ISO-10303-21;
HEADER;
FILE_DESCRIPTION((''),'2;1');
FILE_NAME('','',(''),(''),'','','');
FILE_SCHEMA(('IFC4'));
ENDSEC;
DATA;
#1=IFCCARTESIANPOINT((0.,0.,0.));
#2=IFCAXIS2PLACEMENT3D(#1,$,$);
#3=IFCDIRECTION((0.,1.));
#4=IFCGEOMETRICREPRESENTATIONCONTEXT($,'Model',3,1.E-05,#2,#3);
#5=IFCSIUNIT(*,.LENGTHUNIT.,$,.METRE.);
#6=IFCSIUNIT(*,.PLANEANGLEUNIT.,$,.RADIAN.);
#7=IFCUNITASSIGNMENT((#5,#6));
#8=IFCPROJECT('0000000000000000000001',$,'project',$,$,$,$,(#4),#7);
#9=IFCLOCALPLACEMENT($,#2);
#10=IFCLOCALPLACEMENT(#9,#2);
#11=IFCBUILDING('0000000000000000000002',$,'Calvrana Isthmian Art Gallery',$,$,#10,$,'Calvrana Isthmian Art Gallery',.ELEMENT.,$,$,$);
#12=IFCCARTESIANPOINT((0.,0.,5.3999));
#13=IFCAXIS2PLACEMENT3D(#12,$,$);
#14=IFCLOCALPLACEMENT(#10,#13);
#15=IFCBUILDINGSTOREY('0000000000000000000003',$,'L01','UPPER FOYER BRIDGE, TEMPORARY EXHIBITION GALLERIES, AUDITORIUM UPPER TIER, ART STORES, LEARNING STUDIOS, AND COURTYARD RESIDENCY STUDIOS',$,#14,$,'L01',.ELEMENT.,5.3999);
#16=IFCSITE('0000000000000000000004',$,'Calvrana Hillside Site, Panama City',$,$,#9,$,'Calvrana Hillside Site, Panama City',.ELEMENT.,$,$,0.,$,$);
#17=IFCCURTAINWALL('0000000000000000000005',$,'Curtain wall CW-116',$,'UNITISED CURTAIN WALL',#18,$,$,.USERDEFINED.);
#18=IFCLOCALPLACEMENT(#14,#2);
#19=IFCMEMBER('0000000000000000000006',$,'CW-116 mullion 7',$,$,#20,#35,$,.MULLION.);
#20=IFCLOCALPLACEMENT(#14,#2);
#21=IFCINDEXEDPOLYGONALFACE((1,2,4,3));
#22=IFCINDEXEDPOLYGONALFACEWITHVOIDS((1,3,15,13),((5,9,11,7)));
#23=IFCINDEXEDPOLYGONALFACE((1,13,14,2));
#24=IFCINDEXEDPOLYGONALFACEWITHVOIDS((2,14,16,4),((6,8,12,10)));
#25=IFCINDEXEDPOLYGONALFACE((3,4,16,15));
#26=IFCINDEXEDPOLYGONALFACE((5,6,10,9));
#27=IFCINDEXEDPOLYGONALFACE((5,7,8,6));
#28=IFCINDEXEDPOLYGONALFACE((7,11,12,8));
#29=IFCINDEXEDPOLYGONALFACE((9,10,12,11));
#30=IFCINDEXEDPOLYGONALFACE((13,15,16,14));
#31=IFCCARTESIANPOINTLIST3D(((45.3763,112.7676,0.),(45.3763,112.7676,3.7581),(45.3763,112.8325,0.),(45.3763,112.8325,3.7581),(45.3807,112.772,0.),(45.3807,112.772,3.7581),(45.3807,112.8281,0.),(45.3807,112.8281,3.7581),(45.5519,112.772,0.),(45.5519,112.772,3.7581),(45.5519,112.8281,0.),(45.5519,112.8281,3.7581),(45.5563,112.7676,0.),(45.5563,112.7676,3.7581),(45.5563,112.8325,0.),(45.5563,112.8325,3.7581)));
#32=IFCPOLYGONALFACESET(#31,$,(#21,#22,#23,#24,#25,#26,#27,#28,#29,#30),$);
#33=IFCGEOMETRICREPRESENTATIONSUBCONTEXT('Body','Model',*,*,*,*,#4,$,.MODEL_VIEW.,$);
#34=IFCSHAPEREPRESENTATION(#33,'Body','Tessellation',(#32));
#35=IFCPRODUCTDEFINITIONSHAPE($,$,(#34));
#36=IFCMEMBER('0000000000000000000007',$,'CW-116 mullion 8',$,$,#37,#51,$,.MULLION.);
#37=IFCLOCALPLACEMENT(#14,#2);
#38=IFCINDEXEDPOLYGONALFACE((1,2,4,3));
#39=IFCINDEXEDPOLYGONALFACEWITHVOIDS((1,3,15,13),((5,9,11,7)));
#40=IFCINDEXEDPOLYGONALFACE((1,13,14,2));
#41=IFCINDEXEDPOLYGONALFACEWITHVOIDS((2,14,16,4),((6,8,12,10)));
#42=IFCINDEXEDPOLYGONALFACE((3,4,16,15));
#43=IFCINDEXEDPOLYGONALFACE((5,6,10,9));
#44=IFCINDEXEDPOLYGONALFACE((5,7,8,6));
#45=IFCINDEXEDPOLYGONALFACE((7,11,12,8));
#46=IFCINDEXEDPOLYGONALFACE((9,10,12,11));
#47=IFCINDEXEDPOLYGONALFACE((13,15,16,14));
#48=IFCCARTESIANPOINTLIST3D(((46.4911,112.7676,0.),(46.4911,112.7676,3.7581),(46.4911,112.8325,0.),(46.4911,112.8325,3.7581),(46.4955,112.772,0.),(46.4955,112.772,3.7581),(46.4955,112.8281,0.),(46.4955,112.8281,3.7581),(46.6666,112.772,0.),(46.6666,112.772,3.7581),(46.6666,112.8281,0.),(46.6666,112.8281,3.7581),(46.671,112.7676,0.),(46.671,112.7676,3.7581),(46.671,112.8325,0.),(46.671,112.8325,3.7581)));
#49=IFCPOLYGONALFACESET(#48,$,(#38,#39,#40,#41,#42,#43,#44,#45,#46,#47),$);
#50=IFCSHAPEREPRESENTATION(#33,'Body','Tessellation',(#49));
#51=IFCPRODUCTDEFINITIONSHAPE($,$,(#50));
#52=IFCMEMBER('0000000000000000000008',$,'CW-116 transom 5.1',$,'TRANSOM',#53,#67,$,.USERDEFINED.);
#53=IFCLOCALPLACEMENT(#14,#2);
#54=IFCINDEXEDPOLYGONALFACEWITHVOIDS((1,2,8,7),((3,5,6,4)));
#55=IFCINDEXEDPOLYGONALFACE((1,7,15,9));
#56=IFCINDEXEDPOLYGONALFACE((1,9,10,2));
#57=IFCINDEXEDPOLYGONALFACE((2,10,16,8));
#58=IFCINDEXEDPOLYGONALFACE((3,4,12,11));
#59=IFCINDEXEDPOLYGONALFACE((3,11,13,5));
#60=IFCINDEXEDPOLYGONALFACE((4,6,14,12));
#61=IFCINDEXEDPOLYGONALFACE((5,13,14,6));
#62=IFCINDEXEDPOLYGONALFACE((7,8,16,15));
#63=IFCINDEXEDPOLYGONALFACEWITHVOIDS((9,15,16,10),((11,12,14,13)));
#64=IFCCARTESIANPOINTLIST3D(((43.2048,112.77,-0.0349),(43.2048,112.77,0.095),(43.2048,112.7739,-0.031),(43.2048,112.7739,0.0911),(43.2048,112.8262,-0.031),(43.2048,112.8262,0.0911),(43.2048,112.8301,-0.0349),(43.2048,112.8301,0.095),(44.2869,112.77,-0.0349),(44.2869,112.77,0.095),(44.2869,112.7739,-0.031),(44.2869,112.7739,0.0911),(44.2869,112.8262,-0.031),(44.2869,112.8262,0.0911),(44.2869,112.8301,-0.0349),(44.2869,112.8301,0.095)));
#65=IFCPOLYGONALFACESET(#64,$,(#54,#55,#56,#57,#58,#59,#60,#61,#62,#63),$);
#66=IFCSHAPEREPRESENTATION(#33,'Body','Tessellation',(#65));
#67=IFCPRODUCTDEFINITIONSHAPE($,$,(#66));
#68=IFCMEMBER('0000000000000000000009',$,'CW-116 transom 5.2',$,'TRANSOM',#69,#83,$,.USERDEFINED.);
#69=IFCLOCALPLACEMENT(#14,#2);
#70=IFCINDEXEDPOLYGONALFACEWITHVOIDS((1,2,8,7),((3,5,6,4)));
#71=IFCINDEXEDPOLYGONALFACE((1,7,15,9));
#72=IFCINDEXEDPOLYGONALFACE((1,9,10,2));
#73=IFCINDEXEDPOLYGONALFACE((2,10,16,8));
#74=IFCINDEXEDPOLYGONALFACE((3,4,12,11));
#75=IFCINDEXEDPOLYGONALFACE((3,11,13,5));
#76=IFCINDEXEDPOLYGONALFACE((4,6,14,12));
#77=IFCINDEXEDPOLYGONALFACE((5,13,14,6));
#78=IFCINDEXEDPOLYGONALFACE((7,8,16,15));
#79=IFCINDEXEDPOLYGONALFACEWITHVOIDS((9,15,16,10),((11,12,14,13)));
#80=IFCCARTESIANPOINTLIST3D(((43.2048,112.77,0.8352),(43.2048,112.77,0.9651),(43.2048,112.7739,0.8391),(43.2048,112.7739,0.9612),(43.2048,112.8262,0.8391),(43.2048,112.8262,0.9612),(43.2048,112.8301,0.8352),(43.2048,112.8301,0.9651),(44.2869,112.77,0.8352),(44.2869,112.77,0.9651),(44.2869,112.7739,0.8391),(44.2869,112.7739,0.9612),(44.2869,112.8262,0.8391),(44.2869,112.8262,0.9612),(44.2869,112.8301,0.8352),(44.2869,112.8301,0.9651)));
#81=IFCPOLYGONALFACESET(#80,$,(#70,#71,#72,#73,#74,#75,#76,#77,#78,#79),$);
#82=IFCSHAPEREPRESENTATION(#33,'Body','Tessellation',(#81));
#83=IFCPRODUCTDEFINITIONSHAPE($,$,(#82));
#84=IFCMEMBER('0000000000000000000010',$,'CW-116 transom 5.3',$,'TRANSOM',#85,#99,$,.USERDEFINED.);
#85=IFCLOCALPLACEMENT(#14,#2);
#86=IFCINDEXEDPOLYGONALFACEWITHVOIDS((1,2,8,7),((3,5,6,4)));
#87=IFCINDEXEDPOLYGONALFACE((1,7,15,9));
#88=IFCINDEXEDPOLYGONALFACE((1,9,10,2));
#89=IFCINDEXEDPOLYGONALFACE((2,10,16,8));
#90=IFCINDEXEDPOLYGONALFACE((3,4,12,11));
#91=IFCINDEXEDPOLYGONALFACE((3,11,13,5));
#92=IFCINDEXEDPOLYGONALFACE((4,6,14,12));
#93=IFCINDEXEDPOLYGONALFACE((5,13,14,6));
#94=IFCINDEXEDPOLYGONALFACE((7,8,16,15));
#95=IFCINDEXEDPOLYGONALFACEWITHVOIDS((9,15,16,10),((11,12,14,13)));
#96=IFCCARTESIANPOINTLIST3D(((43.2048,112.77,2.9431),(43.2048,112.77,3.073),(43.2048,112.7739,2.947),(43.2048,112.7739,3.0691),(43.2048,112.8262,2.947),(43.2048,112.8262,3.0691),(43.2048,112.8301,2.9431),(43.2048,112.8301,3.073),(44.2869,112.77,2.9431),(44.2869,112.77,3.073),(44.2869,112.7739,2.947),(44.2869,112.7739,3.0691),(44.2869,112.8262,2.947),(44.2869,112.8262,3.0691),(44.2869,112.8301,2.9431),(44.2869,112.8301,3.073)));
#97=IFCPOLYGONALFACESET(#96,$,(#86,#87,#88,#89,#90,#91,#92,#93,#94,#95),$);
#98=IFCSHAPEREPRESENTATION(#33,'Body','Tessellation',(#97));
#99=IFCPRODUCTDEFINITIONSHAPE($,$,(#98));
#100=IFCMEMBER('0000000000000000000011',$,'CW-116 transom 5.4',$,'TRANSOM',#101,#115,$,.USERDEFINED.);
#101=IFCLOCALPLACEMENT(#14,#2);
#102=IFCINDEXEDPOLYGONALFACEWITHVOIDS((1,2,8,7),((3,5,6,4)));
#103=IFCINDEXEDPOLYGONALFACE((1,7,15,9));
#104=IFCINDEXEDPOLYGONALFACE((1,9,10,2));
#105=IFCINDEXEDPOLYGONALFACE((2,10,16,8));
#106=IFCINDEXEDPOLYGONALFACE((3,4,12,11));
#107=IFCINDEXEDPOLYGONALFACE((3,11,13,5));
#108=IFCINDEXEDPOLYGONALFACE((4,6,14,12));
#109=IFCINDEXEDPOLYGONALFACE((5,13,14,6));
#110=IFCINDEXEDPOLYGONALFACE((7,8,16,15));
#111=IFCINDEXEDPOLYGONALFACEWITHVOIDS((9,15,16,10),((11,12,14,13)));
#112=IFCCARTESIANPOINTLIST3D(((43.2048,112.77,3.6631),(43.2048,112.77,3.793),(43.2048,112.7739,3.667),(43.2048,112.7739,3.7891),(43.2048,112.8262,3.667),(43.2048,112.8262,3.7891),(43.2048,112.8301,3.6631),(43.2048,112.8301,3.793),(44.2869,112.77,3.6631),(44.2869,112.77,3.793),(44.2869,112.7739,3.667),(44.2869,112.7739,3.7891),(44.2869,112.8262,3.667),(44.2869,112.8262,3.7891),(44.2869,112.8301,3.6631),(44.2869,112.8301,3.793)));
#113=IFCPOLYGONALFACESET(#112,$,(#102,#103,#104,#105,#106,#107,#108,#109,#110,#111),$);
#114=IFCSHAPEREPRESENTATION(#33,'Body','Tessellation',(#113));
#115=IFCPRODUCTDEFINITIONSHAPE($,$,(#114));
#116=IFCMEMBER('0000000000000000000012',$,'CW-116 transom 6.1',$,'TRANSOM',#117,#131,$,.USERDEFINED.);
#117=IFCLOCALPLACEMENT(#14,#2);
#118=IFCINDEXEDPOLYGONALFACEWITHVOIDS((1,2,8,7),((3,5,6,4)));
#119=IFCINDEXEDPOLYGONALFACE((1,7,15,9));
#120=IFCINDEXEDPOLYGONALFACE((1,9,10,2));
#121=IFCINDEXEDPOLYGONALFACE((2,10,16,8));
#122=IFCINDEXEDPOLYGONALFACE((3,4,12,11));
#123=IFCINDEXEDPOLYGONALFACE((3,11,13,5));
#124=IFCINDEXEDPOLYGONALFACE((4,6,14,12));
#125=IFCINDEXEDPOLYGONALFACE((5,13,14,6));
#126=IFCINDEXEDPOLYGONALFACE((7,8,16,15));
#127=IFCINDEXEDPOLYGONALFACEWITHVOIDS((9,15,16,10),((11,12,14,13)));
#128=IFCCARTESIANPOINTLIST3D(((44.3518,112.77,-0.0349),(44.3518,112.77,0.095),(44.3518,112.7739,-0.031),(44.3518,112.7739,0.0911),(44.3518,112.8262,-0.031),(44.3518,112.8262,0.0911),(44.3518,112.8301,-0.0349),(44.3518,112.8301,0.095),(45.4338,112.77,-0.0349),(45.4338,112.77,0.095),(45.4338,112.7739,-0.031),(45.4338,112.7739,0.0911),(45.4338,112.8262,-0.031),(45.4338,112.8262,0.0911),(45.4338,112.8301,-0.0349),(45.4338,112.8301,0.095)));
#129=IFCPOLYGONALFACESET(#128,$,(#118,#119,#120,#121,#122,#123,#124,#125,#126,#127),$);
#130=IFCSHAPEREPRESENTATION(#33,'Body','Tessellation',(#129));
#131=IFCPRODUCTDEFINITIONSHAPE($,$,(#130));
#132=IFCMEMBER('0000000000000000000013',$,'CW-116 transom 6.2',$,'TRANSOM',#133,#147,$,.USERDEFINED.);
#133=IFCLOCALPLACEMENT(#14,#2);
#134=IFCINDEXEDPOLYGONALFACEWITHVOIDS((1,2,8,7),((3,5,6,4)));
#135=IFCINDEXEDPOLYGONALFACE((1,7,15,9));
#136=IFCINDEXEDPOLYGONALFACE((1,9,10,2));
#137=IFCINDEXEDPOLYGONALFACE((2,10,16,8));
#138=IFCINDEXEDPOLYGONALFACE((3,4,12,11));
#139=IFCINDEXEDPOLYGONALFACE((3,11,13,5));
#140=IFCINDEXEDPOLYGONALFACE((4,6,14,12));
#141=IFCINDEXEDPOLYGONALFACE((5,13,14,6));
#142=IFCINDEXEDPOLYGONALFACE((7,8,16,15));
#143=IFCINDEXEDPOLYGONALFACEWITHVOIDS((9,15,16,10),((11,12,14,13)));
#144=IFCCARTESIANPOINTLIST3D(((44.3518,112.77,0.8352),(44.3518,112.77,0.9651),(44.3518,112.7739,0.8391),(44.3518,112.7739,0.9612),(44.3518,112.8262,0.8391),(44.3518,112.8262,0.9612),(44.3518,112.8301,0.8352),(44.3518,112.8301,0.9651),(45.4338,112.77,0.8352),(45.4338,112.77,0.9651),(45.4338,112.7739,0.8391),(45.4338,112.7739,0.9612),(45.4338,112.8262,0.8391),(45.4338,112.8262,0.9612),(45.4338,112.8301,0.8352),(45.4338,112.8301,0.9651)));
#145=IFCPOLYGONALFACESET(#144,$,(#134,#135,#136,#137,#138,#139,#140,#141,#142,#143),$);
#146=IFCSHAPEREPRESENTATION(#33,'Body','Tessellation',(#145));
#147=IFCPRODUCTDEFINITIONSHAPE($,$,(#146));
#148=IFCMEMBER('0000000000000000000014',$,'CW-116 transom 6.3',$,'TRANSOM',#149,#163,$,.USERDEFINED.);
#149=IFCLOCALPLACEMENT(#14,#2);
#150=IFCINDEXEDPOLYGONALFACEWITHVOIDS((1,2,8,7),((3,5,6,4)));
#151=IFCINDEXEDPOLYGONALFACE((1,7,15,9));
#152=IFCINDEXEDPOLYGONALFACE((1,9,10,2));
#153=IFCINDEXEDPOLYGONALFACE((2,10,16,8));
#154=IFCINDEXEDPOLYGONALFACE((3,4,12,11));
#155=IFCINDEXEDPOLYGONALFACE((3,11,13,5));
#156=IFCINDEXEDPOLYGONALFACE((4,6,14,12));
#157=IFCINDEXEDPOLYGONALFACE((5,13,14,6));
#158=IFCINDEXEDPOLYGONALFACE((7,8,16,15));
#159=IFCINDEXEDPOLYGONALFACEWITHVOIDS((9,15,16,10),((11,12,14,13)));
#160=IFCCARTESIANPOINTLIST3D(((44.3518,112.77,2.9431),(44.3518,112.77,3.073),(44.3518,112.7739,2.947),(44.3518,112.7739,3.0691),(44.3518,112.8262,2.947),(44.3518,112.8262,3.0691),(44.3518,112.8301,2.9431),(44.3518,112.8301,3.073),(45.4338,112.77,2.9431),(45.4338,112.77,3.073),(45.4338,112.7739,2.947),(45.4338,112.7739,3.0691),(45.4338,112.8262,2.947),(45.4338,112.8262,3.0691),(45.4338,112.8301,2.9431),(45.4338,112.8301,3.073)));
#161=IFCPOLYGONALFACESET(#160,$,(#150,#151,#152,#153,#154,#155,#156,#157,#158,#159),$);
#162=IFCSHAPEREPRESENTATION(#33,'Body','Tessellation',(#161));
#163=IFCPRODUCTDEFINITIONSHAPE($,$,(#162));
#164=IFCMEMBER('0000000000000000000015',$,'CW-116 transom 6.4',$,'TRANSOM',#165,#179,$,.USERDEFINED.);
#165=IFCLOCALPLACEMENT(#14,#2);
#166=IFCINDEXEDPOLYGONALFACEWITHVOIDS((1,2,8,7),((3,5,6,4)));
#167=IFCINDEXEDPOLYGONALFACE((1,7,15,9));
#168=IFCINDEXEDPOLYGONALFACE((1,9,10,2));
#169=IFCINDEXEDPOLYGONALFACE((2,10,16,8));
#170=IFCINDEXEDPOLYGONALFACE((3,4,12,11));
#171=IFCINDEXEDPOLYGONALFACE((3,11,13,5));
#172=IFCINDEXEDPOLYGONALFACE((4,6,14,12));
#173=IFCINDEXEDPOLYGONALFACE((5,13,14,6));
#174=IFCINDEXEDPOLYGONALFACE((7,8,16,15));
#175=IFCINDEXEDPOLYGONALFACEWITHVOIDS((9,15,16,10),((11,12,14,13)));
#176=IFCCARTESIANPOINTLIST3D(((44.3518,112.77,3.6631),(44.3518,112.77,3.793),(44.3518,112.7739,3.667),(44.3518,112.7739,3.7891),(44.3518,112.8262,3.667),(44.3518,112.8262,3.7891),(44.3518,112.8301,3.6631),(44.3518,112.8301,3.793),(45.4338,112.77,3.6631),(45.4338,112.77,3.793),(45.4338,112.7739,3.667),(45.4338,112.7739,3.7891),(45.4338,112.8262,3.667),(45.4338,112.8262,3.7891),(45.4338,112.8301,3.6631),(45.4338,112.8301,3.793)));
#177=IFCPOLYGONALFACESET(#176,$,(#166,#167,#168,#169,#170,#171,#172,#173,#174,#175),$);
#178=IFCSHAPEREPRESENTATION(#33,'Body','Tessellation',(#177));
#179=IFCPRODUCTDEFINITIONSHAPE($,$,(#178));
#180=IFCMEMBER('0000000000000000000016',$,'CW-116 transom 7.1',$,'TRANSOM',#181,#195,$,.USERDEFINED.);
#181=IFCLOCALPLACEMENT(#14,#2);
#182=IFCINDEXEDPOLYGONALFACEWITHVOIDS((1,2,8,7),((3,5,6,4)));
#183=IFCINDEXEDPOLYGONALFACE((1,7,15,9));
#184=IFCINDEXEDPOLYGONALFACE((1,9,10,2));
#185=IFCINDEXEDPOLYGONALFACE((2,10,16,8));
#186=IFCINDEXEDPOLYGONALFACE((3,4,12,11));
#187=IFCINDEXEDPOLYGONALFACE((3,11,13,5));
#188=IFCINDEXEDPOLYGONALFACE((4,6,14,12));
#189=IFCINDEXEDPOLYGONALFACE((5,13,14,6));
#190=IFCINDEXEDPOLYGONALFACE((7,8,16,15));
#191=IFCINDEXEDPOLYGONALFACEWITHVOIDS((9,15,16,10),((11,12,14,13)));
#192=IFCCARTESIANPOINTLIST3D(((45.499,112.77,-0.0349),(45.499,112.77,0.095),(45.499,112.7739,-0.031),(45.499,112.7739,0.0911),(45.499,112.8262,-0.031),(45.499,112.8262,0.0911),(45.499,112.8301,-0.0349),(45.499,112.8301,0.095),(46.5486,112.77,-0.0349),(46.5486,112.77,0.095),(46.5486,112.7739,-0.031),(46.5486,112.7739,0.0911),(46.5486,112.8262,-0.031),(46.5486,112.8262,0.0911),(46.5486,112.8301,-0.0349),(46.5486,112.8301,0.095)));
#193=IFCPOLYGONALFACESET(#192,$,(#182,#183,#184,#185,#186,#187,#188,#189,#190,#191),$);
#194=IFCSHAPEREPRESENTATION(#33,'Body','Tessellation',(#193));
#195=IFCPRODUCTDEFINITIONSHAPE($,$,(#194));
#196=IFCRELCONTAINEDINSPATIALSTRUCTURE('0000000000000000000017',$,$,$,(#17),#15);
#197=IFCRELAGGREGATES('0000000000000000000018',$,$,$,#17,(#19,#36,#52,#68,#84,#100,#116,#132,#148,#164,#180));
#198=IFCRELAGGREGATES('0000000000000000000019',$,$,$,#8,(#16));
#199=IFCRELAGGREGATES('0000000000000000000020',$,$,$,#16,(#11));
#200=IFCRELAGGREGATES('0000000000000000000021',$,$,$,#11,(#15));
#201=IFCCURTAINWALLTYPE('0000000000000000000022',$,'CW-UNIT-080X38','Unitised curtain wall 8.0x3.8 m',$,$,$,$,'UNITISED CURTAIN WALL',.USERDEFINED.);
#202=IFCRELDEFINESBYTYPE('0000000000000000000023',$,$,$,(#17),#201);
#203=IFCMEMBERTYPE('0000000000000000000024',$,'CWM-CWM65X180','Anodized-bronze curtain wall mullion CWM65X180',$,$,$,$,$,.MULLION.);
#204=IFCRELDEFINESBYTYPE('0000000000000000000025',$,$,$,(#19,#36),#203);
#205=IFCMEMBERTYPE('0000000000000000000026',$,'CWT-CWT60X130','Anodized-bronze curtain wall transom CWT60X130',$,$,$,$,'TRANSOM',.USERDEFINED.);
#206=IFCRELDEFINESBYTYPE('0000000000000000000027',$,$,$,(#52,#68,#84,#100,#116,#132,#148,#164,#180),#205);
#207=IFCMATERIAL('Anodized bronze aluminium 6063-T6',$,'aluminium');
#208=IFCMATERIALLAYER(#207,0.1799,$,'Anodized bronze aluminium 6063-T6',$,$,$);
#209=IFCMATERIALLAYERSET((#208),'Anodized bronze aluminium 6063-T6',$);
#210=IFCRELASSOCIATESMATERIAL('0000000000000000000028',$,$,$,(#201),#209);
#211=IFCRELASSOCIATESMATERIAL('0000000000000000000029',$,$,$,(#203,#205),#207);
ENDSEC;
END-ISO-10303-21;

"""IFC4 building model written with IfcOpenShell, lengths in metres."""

from ifc_helpers import new_model, si_unit, direction, frame, origin, origin_2d, place, context, subcontext, project, spatial, hollow_rectangle, extrude, material, layer, layer_set, material_profile, profile_set, type_object, element, aggregate, save


model = new_model("IFC4")

# Units and contexts
model_context = context("Model", 3, precision=1e-05, world=origin(), true_north=direction((0.0, 1.0)))
body_context = subcontext(model_context, "Body", "Model", "MODEL_VIEW")
ifc_project = project(units=[si_unit("LENGTHUNIT", "METRE"), si_unit("PLANEANGLEUNIT", "RADIAN")], contexts=[model_context])

# Site, building, storey
site_placement = place(None, origin())
site = spatial("IfcSite", under=ifc_project, at=site_placement, Name="Calvrana Hillside Site, Panama City", LongName="Calvrana Hillside Site, Panama City", CompositionType="ELEMENT", RefElevation=0.0)
building_placement = place(site_placement, origin())
building = spatial("IfcBuilding", under=site, at=building_placement, Name="Calvrana Isthmian Art Gallery", LongName="Calvrana Isthmian Art Gallery", CompositionType="ELEMENT")
storey_placement = place(building_placement, frame((0.0, 0.0, 5.3999)))
storey = spatial("IfcBuildingStorey", under=building, at=storey_placement, Name="L01", Description="UPPER FOYER BRIDGE, TEMPORARY EXHIBITION GALLERIES, AUDITORIUM UPPER TIER, ART STORES, LEARNING STUDIOS, AND COURTYARD RESIDENCY STUDIOS", LongName="L01", CompositionType="ELEMENT", Elevation=5.3999)

# Curtain wall, members
ifc_material_1 = material(Name="Anodized bronze aluminium 6063-T6", Category="aluminium")
ifc_layer_1 = layer(ifc_material_1, 0.1799, Name="Anodized bronze aluminium 6063-T6")
ifc_layer_set_1 = layer_set([ifc_layer_1], Name="Anodized bronze aluminium 6063-T6")
curtain_wall_type = type_object("IfcCurtainWallType", Name="CW-UNIT-080X38", Description="Unitised curtain wall 8.0x3.8 m", ElementType="UNITISED CURTAIN WALL", PredefinedType="USERDEFINED", material=ifc_layer_set_1)
curtain_wall_placement = place(storey_placement, origin())
curtain_wall = element("IfcCurtainWall", 1, at=curtain_wall_placement, inside=storey, type_object=curtain_wall_type, Name="Curtain wall CW-116", ObjectType="UNITISED CURTAIN WALL", PredefinedType="USERDEFINED")
ifc_material_profile_1 = material_profile(ifc_material_1, hollow_rectangle(XDim=0.0649, YDim=0.1799, WallThickness=0.0044, at=origin_2d()), Name="CWM65X180")
ifc_profile_set_1 = profile_set([ifc_material_profile_1], Name="Anodized bronze aluminium 6063-T6")
member_type_1 = type_object("IfcMemberType", Name="CWM-CWM65X180", Description="Anodized-bronze curtain wall mullion CWM65X180", PredefinedType="MULLION", material=ifc_profile_set_1)
member_1_placement = place(storey_placement, frame((45.4663, 112.8, 0.0), z_axis=(0.0, 0.0, 1.0), x_axis=(0.0, 1.0, 0.0)))
member_1 = element("IfcMember", 2, at=member_1_placement, type_object=member_type_1, Name="CW-116 mullion 7", PredefinedType="MULLION", context=body_context, shape_type="SweptSolid", body=[
    extrude(hollow_rectangle(XDim=0.0649, YDim=0.1799, WallThickness=0.0044, at=origin_2d()), origin(), (0.0, 0.0, 1.0), 3.7581),
])
member_2_placement = place(storey_placement, frame((46.5811, 112.8, 0.0), z_axis=(0.0, 0.0, 1.0), x_axis=(0.0, 1.0, 0.0)))
member_2 = element("IfcMember", 3, at=member_2_placement, type_object=member_type_1, Name="CW-116 mullion 8", PredefinedType="MULLION", context=body_context, shape_type="SweptSolid", body=[
    extrude(hollow_rectangle(XDim=0.0649, YDim=0.1799, WallThickness=0.0044, at=origin_2d()), origin(), (0.0, 0.0, 1.0), 3.7581),
])
ifc_material_profile_2 = material_profile(ifc_material_1, hollow_rectangle(XDim=0.0601, YDim=0.1299, WallThickness=0.0039, at=origin_2d()), Name="CWT60X130")
ifc_profile_set_2 = profile_set([ifc_material_profile_2], Name="Anodized bronze aluminium 6063-T6")
member_type_2 = type_object("IfcMemberType", Name="CWT-CWT60X130", Description="Anodized-bronze curtain wall transom CWT60X130", ElementType="TRANSOM", PredefinedType="USERDEFINED", material=ifc_profile_set_2)
member_3_placement = place(storey_placement, frame((43.2048, 112.8, 0.03), z_axis=(1.0, 0.0, 0.0), x_axis=(0.0, 1.0, 0.0)))
member_3 = element("IfcMember", 4, at=member_3_placement, type_object=member_type_2, Name="CW-116 transom 5.1", ObjectType="TRANSOM", PredefinedType="USERDEFINED", context=body_context, shape_type="SweptSolid", body=[
    extrude(hollow_rectangle(XDim=0.0601, YDim=0.1299, WallThickness=0.0039, at=origin_2d()), origin(), (0.0, 0.0, 1.0), 1.082),
])
member_4_placement = place(storey_placement, frame((43.2048, 112.8, 0.9001), z_axis=(1.0, 0.0, 0.0), x_axis=(0.0, 1.0, 0.0)))
member_4 = element("IfcMember", 5, at=member_4_placement, type_object=member_type_2, Name="CW-116 transom 5.2", ObjectType="TRANSOM", PredefinedType="USERDEFINED", context=body_context, shape_type="SweptSolid", body=[
    extrude(hollow_rectangle(XDim=0.0601, YDim=0.1299, WallThickness=0.0039, at=origin_2d()), origin(), (0.0, 0.0, 1.0), 1.082),
])
member_5_placement = place(storey_placement, frame((43.2048, 112.8, 3.0081), z_axis=(1.0, 0.0, 0.0), x_axis=(0.0, 1.0, 0.0)))
member_5 = element("IfcMember", 6, at=member_5_placement, type_object=member_type_2, Name="CW-116 transom 5.3", ObjectType="TRANSOM", PredefinedType="USERDEFINED", context=body_context, shape_type="SweptSolid", body=[
    extrude(hollow_rectangle(XDim=0.0601, YDim=0.1299, WallThickness=0.0039, at=origin_2d()), origin(), (0.0, 0.0, 1.0), 1.082),
])
member_6_placement = place(storey_placement, frame((43.2048, 112.8, 3.728), z_axis=(1.0, 0.0, 0.0), x_axis=(0.0, 1.0, 0.0)))
member_6 = element("IfcMember", 7, at=member_6_placement, type_object=member_type_2, Name="CW-116 transom 5.4", ObjectType="TRANSOM", PredefinedType="USERDEFINED", context=body_context, shape_type="SweptSolid", body=[
    extrude(hollow_rectangle(XDim=0.0601, YDim=0.1299, WallThickness=0.0039, at=origin_2d()), origin(), (0.0, 0.0, 1.0), 1.082),
])
member_7_placement = place(storey_placement, frame((44.3518, 112.8, 0.03), z_axis=(1.0, 0.0, 0.0), x_axis=(0.0, 1.0, 0.0)))
member_7 = element("IfcMember", 8, at=member_7_placement, type_object=member_type_2, Name="CW-116 transom 6.1", ObjectType="TRANSOM", PredefinedType="USERDEFINED", context=body_context, shape_type="SweptSolid", body=[
    extrude(hollow_rectangle(XDim=0.0601, YDim=0.1299, WallThickness=0.0039, at=origin_2d()), origin(), (0.0, 0.0, 1.0), 1.082),
])
member_8_placement = place(storey_placement, frame((44.3518, 112.8, 0.9001), z_axis=(1.0, 0.0, 0.0), x_axis=(0.0, 1.0, 0.0)))
member_8 = element("IfcMember", 9, at=member_8_placement, type_object=member_type_2, Name="CW-116 transom 6.2", ObjectType="TRANSOM", PredefinedType="USERDEFINED", context=body_context, shape_type="SweptSolid", body=[
    extrude(hollow_rectangle(XDim=0.0601, YDim=0.1299, WallThickness=0.0039, at=origin_2d()), origin(), (0.0, 0.0, 1.0), 1.082),
])
member_9_placement = place(storey_placement, frame((44.3518, 112.8, 3.0081), z_axis=(1.0, 0.0, 0.0), x_axis=(0.0, 1.0, 0.0)))
member_9 = element("IfcMember", 10, at=member_9_placement, type_object=member_type_2, Name="CW-116 transom 6.3", ObjectType="TRANSOM", PredefinedType="USERDEFINED", context=body_context, shape_type="SweptSolid", body=[
    extrude(hollow_rectangle(XDim=0.0601, YDim=0.1299, WallThickness=0.0039, at=origin_2d()), origin(), (0.0, 0.0, 1.0), 1.082),
])
member_10_placement = place(storey_placement, frame((44.3518, 112.8, 3.728), z_axis=(1.0, 0.0, 0.0), x_axis=(0.0, 1.0, 0.0)))
member_10 = element("IfcMember", 11, at=member_10_placement, type_object=member_type_2, Name="CW-116 transom 6.4", ObjectType="TRANSOM", PredefinedType="USERDEFINED", context=body_context, shape_type="SweptSolid", body=[
    extrude(hollow_rectangle(XDim=0.0601, YDim=0.1299, WallThickness=0.0039, at=origin_2d()), origin(), (0.0, 0.0, 1.0), 1.082),
])
member_11_placement = place(storey_placement, frame((45.499, 112.8, 0.03), z_axis=(1.0, 0.0, 0.0), x_axis=(0.0, 1.0, 0.0)))
member_11 = element("IfcMember", 12, at=member_11_placement, type_object=member_type_2, Name="CW-116 transom 7.1", ObjectType="TRANSOM", PredefinedType="USERDEFINED", context=body_context, shape_type="SweptSolid", body=[
    extrude(hollow_rectangle(XDim=0.0601, YDim=0.1299, WallThickness=0.0039, at=origin_2d()), origin(), (0.0, 0.0, 1.0), 1.0496),
])
aggregate(curtain_wall, [member_1, member_2, member_3, member_4, member_5, member_6, member_7, member_8, member_9, member_10, member_11])

save(model, "model.ifc")
